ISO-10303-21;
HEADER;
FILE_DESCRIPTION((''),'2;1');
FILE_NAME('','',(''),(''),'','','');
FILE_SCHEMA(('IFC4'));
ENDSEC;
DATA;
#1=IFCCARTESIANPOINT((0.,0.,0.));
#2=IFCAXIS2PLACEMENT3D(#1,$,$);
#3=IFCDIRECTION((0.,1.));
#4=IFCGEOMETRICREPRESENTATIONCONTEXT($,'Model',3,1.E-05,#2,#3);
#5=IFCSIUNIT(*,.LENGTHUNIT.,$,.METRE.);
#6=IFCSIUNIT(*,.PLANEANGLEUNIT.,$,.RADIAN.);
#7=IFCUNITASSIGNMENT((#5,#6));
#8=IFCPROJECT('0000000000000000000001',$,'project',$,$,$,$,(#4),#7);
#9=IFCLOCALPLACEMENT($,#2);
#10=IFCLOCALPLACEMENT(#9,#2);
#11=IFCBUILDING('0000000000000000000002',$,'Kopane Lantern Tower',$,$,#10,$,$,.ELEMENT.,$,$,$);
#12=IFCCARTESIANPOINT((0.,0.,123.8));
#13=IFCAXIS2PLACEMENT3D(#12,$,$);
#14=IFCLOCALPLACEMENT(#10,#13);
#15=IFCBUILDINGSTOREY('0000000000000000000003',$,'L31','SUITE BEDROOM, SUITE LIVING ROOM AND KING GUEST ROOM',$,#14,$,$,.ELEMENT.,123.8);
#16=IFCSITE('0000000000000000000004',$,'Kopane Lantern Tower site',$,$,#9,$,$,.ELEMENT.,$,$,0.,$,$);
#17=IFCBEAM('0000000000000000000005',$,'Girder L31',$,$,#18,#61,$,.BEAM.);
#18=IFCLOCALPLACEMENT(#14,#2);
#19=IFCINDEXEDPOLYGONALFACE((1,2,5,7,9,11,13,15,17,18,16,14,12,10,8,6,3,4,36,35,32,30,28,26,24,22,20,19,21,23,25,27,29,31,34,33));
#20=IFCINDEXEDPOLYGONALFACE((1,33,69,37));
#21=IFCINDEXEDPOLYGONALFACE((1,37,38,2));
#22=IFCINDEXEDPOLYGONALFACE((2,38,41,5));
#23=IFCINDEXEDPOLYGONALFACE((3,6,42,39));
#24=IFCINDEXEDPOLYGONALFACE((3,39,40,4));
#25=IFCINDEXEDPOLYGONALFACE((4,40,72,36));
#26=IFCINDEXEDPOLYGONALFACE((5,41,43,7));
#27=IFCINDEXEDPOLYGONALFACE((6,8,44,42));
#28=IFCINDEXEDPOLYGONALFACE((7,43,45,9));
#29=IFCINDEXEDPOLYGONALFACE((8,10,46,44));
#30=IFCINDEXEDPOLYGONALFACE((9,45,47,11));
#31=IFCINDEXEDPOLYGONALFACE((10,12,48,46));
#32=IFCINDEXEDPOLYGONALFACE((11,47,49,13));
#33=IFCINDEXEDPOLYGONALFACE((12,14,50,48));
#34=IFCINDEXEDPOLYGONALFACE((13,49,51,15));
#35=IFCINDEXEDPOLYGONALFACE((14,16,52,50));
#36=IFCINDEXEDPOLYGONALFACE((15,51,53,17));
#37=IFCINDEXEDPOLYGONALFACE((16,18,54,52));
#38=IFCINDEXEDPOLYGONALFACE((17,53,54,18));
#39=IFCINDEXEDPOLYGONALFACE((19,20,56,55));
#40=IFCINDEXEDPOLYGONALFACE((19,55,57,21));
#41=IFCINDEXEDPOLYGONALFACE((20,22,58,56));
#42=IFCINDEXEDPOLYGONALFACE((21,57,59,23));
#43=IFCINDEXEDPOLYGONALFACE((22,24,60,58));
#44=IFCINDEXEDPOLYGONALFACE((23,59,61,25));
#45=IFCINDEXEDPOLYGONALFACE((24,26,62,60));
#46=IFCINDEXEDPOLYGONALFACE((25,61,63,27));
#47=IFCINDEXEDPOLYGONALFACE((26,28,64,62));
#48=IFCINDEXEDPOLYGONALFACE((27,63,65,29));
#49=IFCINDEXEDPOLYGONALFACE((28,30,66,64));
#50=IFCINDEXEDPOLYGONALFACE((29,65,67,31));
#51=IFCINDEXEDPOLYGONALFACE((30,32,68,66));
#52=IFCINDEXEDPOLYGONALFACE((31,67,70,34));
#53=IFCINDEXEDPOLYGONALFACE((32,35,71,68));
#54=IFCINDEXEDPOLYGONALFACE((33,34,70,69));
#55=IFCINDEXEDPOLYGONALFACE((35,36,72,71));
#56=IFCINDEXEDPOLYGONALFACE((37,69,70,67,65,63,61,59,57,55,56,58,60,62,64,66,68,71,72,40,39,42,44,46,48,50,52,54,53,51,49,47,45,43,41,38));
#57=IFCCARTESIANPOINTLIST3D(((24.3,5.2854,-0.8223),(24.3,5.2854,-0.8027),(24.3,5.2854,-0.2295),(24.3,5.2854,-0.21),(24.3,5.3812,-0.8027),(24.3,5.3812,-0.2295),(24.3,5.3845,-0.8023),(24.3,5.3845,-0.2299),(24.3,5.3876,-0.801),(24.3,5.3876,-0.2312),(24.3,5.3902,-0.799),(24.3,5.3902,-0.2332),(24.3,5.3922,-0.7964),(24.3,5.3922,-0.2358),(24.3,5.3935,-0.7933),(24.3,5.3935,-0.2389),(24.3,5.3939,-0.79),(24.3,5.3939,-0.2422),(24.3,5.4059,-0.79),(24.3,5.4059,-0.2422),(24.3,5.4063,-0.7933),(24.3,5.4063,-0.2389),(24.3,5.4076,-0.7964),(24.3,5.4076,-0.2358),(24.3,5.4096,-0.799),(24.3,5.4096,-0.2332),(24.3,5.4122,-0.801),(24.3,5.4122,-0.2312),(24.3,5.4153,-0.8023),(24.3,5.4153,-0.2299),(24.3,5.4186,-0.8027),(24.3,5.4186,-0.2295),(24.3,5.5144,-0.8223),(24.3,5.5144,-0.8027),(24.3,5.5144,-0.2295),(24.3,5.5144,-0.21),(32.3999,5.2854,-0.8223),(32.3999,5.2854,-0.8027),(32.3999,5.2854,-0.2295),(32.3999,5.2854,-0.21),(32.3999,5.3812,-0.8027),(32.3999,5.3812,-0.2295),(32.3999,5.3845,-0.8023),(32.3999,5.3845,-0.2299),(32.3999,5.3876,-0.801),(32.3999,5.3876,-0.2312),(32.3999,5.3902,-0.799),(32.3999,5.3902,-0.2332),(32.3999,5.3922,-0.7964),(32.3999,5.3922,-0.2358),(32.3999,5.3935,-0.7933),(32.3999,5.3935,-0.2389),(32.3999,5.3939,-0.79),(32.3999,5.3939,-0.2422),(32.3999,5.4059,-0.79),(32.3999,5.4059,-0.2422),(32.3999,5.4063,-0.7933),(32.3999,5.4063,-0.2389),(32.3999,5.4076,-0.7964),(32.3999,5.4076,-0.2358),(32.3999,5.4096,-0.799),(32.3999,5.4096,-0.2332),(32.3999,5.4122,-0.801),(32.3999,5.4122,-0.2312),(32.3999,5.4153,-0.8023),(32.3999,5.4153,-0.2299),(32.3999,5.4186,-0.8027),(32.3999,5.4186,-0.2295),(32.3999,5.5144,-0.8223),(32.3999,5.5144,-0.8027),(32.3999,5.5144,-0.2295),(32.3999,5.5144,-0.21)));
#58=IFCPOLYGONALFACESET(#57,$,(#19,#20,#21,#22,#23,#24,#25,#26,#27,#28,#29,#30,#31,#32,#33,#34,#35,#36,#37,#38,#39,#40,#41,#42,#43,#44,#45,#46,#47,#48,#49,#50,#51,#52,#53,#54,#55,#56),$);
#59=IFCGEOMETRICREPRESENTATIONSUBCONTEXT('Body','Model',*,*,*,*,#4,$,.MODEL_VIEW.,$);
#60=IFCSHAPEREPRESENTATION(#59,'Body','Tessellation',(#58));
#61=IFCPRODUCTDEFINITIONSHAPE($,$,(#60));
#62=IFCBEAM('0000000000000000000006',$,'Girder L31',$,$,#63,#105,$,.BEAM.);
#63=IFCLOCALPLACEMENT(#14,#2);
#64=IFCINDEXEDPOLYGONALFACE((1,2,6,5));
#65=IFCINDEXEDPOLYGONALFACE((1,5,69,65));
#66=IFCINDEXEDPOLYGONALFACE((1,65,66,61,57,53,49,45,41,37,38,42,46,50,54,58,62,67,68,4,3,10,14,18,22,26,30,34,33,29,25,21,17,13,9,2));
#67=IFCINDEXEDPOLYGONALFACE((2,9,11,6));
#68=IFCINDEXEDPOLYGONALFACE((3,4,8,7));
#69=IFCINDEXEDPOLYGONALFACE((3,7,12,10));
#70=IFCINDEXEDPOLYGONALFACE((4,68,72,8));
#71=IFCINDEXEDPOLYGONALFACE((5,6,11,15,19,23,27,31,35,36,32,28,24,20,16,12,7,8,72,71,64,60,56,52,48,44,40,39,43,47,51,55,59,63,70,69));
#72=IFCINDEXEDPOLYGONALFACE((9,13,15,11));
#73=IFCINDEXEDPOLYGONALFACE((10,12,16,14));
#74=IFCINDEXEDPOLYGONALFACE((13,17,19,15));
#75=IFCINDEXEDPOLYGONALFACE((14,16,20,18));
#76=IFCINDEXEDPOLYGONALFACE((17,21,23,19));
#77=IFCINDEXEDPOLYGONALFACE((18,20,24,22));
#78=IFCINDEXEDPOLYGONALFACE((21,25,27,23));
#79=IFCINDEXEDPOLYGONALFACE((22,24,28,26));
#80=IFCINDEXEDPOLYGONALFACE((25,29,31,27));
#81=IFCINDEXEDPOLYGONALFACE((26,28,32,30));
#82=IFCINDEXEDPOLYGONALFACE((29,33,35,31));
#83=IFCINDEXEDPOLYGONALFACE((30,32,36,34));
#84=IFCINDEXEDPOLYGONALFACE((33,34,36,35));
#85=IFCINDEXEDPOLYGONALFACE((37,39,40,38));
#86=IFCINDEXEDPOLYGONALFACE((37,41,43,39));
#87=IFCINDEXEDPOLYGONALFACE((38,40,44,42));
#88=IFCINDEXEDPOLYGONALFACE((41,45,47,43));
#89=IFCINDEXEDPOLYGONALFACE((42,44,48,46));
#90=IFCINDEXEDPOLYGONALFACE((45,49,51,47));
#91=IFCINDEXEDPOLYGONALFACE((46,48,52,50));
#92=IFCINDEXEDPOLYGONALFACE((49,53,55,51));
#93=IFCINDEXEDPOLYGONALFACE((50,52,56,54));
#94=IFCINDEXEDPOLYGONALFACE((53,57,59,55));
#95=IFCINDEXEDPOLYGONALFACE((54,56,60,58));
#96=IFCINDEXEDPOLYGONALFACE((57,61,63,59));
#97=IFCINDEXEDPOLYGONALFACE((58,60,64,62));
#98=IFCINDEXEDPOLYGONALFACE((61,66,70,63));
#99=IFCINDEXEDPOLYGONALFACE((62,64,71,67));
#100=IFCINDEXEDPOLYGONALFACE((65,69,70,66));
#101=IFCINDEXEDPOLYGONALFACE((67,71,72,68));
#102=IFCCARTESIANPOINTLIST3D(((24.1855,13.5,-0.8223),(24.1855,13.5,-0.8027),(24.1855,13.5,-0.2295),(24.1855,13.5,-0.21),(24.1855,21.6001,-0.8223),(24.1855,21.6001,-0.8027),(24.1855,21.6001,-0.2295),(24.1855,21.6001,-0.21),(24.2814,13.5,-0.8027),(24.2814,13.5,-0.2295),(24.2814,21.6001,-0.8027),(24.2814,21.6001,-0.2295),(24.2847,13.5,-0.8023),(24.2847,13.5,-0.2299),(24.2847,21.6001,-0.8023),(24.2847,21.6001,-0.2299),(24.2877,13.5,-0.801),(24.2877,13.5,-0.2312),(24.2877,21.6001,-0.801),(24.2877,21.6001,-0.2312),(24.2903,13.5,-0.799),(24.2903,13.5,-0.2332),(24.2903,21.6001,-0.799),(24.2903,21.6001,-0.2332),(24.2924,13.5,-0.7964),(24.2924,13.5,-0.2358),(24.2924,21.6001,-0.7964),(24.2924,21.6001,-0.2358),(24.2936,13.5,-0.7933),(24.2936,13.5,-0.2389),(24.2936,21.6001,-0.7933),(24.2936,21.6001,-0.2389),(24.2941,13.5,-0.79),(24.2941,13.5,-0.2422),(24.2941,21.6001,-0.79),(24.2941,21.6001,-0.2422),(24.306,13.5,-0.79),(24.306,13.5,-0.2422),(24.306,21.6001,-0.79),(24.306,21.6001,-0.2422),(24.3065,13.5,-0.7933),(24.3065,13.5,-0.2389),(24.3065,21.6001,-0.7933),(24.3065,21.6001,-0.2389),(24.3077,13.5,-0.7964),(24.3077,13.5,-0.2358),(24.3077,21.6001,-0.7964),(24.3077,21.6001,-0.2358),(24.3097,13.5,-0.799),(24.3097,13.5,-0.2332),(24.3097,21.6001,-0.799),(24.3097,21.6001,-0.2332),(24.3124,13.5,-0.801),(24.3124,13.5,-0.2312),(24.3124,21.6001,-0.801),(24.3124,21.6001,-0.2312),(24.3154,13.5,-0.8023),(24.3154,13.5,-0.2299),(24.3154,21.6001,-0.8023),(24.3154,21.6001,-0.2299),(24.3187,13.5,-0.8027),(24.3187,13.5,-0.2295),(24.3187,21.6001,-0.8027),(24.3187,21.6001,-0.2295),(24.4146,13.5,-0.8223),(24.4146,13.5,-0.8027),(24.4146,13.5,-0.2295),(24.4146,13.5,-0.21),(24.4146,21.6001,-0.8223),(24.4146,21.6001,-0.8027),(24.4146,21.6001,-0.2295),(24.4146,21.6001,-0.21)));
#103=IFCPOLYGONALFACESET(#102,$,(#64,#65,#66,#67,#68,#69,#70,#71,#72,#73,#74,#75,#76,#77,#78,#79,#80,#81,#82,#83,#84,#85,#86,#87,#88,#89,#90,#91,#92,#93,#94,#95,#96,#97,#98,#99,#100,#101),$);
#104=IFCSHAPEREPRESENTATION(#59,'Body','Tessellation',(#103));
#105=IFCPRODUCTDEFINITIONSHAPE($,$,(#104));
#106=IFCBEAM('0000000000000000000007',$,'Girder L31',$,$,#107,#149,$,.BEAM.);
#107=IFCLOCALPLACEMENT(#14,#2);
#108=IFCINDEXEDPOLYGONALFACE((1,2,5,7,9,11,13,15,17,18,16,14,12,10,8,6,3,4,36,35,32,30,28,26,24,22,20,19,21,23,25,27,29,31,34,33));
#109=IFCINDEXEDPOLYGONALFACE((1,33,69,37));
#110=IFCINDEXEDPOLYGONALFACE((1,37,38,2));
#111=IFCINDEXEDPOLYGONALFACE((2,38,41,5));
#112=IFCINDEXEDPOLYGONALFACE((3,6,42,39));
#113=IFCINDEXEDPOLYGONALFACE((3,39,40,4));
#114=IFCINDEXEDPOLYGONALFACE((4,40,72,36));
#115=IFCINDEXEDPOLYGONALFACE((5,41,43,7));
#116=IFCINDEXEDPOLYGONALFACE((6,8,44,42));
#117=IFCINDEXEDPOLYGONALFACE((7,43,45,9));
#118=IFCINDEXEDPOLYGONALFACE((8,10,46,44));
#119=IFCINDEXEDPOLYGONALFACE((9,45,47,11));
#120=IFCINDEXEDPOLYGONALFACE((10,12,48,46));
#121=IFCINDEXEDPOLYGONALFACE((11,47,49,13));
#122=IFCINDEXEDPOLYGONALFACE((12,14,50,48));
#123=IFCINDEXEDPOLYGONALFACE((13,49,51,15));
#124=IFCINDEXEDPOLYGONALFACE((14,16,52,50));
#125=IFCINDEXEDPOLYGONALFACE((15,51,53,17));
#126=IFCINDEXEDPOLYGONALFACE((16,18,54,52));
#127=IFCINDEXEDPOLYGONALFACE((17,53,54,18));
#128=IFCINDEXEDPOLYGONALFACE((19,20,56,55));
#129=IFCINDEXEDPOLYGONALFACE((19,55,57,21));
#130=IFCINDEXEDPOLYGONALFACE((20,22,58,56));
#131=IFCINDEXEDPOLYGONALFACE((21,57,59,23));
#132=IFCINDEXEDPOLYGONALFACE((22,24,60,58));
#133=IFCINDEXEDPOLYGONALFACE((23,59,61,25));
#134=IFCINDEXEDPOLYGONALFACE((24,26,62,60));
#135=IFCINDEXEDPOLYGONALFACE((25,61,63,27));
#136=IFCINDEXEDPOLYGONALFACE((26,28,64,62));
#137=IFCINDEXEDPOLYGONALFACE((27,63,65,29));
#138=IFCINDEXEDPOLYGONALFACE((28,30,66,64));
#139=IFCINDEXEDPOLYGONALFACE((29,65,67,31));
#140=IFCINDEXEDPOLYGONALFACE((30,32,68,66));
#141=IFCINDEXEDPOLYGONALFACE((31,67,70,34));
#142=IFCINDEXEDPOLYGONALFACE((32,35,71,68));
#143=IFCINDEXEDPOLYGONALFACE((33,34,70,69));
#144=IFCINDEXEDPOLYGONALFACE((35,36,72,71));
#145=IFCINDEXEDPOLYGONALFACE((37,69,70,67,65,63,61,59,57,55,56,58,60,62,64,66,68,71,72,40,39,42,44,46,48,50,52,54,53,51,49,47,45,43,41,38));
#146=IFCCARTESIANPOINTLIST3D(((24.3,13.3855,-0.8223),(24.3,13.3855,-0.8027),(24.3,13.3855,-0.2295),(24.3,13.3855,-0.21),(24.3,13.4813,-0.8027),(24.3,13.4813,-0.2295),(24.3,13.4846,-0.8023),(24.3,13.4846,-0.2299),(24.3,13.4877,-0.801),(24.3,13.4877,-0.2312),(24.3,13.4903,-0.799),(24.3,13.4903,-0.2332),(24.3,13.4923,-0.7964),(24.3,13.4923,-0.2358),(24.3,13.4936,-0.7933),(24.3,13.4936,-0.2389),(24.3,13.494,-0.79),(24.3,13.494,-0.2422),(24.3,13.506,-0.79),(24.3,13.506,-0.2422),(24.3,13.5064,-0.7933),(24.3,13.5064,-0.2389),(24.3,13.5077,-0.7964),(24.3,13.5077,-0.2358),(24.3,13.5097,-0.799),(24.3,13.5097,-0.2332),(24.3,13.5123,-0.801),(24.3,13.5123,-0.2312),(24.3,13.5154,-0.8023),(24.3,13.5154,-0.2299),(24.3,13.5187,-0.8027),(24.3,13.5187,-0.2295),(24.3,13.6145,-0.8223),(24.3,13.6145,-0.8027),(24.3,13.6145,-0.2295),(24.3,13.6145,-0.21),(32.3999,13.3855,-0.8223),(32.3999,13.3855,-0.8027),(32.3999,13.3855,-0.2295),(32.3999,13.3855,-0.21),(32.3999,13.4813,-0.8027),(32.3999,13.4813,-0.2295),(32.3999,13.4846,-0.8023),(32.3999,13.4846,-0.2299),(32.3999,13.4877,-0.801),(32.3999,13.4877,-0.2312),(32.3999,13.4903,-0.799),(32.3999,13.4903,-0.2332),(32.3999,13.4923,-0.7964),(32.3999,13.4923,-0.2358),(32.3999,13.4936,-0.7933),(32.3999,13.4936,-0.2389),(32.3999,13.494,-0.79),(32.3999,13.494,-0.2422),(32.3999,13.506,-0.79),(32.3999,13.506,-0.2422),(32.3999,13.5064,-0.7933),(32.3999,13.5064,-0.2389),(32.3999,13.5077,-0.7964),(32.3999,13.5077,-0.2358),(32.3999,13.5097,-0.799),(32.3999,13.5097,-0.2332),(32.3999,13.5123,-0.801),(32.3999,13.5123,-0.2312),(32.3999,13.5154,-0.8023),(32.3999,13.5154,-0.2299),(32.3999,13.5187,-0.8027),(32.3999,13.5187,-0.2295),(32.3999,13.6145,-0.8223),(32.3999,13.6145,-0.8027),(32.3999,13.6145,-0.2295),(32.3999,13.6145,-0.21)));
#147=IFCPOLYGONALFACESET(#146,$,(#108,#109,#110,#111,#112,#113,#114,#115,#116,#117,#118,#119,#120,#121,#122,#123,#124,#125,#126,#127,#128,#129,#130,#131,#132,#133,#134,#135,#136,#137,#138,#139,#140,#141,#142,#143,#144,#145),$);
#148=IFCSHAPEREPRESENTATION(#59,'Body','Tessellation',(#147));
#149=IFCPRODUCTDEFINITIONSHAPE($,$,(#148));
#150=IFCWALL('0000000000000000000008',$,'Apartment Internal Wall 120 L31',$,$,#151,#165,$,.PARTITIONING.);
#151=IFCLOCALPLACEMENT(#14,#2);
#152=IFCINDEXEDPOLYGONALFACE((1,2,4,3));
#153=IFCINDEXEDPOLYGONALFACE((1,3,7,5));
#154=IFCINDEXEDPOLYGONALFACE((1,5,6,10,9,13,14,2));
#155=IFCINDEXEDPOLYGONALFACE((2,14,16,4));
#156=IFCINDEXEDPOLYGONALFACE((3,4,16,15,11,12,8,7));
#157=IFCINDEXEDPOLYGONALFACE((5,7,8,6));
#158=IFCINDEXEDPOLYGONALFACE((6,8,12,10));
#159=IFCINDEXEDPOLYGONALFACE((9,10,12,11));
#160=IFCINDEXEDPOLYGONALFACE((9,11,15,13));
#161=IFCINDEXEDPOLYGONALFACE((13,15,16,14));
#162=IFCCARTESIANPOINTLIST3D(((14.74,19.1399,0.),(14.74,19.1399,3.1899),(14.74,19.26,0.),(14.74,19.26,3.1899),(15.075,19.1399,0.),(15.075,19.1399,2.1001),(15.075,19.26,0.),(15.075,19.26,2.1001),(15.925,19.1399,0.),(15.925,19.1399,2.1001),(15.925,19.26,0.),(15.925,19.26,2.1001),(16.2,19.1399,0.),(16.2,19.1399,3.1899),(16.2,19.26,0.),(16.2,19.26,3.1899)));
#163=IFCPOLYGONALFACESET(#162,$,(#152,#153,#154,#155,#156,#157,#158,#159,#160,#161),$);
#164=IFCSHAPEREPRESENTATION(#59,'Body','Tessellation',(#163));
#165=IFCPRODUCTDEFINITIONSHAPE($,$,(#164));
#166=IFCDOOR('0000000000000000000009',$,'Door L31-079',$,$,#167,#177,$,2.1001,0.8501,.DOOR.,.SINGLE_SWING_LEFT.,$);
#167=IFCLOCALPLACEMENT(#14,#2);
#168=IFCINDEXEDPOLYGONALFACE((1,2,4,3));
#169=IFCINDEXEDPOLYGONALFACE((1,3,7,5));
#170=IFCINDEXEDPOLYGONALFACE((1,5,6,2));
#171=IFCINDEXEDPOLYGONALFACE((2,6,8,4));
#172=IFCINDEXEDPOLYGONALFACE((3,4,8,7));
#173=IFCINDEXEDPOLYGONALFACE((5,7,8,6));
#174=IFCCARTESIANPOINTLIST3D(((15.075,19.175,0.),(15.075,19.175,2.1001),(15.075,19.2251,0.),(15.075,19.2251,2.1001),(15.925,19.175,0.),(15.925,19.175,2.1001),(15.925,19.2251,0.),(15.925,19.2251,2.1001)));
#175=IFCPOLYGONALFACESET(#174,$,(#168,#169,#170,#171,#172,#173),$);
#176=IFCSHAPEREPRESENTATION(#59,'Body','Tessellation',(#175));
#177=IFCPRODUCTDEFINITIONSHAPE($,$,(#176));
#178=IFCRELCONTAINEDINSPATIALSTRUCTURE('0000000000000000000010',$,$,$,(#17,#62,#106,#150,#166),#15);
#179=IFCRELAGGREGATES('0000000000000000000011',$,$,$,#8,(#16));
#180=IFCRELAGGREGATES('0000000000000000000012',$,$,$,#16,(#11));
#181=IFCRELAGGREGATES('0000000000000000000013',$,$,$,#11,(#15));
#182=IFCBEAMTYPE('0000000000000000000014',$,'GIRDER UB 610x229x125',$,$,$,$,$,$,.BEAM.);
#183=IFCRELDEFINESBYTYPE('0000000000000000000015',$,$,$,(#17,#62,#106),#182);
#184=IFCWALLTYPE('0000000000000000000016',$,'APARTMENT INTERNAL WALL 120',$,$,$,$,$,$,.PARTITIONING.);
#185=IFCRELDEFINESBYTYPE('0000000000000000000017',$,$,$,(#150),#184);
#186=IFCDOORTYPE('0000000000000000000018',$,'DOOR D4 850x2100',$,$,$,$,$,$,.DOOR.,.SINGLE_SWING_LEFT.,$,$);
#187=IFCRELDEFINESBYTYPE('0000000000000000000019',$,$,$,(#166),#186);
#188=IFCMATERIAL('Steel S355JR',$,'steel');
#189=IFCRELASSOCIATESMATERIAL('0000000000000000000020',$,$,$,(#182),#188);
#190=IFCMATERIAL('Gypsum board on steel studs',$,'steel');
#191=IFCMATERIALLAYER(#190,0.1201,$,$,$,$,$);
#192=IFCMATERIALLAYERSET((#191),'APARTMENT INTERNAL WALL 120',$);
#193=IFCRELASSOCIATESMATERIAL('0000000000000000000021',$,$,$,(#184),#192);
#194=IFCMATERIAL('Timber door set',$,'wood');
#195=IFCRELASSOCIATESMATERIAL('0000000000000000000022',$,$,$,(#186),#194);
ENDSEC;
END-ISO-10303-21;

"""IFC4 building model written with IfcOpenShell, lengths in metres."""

from ifc_helpers import new_model, si_unit, direction, frame, frame_2d, origin, origin_2d, place, context, subcontext, project, spatial, rectangle, i_section, extrude, material, layer, layer_set, material_profile, profile_set, type_object, element, fill, save


model = new_model("IFC4")

# Units and contexts
model_context = context("Model", 3, precision=1e-05, world=origin(), true_north=direction((0.0, 1.0)))
body_context = subcontext(model_context, "Body", "Model", "MODEL_VIEW")
ifc_project = project(units=[si_unit("LENGTHUNIT", "METRE"), si_unit("PLANEANGLEUNIT", "RADIAN")], contexts=[model_context])

# Site, building, storey
site_placement = place(None, origin())
site = spatial("IfcSite", under=ifc_project, at=site_placement, Name="Kopane Lantern Tower site", CompositionType="ELEMENT", RefElevation=0.0)
building_placement = place(site_placement, origin())
building = spatial("IfcBuilding", under=site, at=building_placement, Name="Kopane Lantern Tower", CompositionType="ELEMENT")
storey_placement = place(building_placement, frame((0.0, 0.0, 123.8)))
storey = spatial("IfcBuildingStorey", under=building, at=storey_placement, Name="L31", Description="SUITE BEDROOM, SUITE LIVING ROOM AND KING GUEST ROOM", CompositionType="ELEMENT", Elevation=123.8)

# Beams
ifc_material_1 = material(Name="Steel S355JR", Category="steel")
ifc_material_profile_1 = material_profile(ifc_material_1, i_section(OverallWidth=0.229, OverallDepth=0.6123, WebThickness=0.012, FlangeThickness=0.0195, FilletRadius=0.0127, at=origin_2d()), Name="UB 610x229x125")
ifc_profile_set_1 = profile_set([ifc_material_profile_1], Name="Steel S355JR")
beam_type = type_object("IfcBeamType", Name="GIRDER UB 610x229x125", PredefinedType="BEAM", material=ifc_profile_set_1)
beam_1_placement = place(storey_placement, frame((24.3, 5.3999, -0.5161), z_axis=(1.0, 0.0, 0.0), x_axis=(0.0, 1.0, 0.0)))
element("IfcBeam", 1, at=beam_1_placement, inside=storey, type_object=beam_type, Name="Girder L31", PredefinedType="BEAM", context=body_context, shape_type="SweptSolid", body=[
    extrude(i_section(OverallWidth=0.229, OverallDepth=0.6123, WebThickness=0.012, FlangeThickness=0.0195, FilletRadius=0.0127, at=origin_2d()), origin(), (0.0, 0.0, 1.0), 8.0999),
])
beam_2_placement = place(storey_placement, frame((24.3, 13.5, -0.5161), z_axis=(0.0, 1.0, 0.0), x_axis=(-1.0, 0.0, 0.0)))
element("IfcBeam", 2, at=beam_2_placement, inside=storey, type_object=beam_type, Name="Girder L31", PredefinedType="BEAM", context=body_context, shape_type="SweptSolid", body=[
    extrude(i_section(OverallWidth=0.229, OverallDepth=0.6123, WebThickness=0.012, FlangeThickness=0.0195, FilletRadius=0.0127, at=origin_2d()), origin(), (0.0, 0.0, 1.0), 8.1001),
])
beam_3_placement = place(storey_placement, frame((24.3, 13.5, -0.5161), z_axis=(1.0, 0.0, 0.0), x_axis=(0.0, 1.0, 0.0)))
element("IfcBeam", 3, at=beam_3_placement, inside=storey, type_object=beam_type, Name="Girder L31", PredefinedType="BEAM", context=body_context, shape_type="SweptSolid", body=[
    extrude(i_section(OverallWidth=0.229, OverallDepth=0.6123, WebThickness=0.012, FlangeThickness=0.0195, FilletRadius=0.0127, at=origin_2d()), origin(), (0.0, 0.0, 1.0), 8.0999),
])

# Wall, opening, door
ifc_material_2 = material(Name="Gypsum board on steel studs", Category="steel")
ifc_layer_1 = layer(ifc_material_2, 0.1201)
ifc_layer_set_1 = layer_set([ifc_layer_1], Name="APARTMENT INTERNAL WALL 120")
wall_type_1 = type_object("IfcWallType", Name="APARTMENT INTERNAL WALL 120", PredefinedType="PARTITIONING", material=ifc_layer_set_1)
wall_1_placement = place(storey_placement, frame((16.2, 19.2, 0.0), z_axis=(0.0, 0.0, 1.0), x_axis=(-1.0, 0.0, 0.0)))
wall_1 = element("IfcWall", 4, at=wall_1_placement, inside=storey, type_object=wall_type_1, Name="Apartment Internal Wall 120 L31", PredefinedType="PARTITIONING", context=body_context, shape_type="SweptSolid", body=[
    extrude(rectangle(XDim=1.46, YDim=0.1201, at=frame_2d((0.73, 0.0))), origin(), (0.0, 0.0, 1.0), 3.1899),
])
opening_1_placement = place(wall_1_placement, frame((0.2749, 0.0, 0.0)))
opening_1 = element("IfcOpeningElement", 5, at=opening_1_placement, cuts=wall_1, PredefinedType="OPENING", context=body_context, shape_type="SweptSolid", body=[
    extrude(rectangle(XDim=0.8501, YDim=2.1001, at=frame_2d((0.425, 1.05))), frame((0.0, 0.0701, 0.0), z_axis=(0.0, -1.0, 0.0), x_axis=(1.0, 0.0, 0.0)), (0.0, 0.0, 1.0), 0.1401),
])
ifc_material_3 = material(Name="Timber door set", Category="wood")
door_type = type_object("IfcDoorType", Name="DOOR D4 850x2100", OperationType="SINGLE_SWING_LEFT", PredefinedType="DOOR", material=ifc_material_3)
door_1_placement = place(opening_1_placement, origin())
door_1 = element("IfcDoor", 6, at=door_1_placement, inside=storey, type_object=door_type, Name="Door L31-079", OperationType="SINGLE_SWING_LEFT", OverallHeight=2.1001, OverallWidth=0.8501, PredefinedType="DOOR", context=body_context, shape_type="SweptSolid", body=[
    extrude(rectangle(XDim=0.8501, YDim=2.1001, at=frame_2d((0.425, 1.05))), frame((0.0, 0.0249, 0.0), z_axis=(0.0, -1.0, 0.0), x_axis=(1.0, 0.0, 0.0)), (0.0, 0.0, 1.0), 0.05),
])
fill(opening_1, door_1)

save(model, "model.ifc")
